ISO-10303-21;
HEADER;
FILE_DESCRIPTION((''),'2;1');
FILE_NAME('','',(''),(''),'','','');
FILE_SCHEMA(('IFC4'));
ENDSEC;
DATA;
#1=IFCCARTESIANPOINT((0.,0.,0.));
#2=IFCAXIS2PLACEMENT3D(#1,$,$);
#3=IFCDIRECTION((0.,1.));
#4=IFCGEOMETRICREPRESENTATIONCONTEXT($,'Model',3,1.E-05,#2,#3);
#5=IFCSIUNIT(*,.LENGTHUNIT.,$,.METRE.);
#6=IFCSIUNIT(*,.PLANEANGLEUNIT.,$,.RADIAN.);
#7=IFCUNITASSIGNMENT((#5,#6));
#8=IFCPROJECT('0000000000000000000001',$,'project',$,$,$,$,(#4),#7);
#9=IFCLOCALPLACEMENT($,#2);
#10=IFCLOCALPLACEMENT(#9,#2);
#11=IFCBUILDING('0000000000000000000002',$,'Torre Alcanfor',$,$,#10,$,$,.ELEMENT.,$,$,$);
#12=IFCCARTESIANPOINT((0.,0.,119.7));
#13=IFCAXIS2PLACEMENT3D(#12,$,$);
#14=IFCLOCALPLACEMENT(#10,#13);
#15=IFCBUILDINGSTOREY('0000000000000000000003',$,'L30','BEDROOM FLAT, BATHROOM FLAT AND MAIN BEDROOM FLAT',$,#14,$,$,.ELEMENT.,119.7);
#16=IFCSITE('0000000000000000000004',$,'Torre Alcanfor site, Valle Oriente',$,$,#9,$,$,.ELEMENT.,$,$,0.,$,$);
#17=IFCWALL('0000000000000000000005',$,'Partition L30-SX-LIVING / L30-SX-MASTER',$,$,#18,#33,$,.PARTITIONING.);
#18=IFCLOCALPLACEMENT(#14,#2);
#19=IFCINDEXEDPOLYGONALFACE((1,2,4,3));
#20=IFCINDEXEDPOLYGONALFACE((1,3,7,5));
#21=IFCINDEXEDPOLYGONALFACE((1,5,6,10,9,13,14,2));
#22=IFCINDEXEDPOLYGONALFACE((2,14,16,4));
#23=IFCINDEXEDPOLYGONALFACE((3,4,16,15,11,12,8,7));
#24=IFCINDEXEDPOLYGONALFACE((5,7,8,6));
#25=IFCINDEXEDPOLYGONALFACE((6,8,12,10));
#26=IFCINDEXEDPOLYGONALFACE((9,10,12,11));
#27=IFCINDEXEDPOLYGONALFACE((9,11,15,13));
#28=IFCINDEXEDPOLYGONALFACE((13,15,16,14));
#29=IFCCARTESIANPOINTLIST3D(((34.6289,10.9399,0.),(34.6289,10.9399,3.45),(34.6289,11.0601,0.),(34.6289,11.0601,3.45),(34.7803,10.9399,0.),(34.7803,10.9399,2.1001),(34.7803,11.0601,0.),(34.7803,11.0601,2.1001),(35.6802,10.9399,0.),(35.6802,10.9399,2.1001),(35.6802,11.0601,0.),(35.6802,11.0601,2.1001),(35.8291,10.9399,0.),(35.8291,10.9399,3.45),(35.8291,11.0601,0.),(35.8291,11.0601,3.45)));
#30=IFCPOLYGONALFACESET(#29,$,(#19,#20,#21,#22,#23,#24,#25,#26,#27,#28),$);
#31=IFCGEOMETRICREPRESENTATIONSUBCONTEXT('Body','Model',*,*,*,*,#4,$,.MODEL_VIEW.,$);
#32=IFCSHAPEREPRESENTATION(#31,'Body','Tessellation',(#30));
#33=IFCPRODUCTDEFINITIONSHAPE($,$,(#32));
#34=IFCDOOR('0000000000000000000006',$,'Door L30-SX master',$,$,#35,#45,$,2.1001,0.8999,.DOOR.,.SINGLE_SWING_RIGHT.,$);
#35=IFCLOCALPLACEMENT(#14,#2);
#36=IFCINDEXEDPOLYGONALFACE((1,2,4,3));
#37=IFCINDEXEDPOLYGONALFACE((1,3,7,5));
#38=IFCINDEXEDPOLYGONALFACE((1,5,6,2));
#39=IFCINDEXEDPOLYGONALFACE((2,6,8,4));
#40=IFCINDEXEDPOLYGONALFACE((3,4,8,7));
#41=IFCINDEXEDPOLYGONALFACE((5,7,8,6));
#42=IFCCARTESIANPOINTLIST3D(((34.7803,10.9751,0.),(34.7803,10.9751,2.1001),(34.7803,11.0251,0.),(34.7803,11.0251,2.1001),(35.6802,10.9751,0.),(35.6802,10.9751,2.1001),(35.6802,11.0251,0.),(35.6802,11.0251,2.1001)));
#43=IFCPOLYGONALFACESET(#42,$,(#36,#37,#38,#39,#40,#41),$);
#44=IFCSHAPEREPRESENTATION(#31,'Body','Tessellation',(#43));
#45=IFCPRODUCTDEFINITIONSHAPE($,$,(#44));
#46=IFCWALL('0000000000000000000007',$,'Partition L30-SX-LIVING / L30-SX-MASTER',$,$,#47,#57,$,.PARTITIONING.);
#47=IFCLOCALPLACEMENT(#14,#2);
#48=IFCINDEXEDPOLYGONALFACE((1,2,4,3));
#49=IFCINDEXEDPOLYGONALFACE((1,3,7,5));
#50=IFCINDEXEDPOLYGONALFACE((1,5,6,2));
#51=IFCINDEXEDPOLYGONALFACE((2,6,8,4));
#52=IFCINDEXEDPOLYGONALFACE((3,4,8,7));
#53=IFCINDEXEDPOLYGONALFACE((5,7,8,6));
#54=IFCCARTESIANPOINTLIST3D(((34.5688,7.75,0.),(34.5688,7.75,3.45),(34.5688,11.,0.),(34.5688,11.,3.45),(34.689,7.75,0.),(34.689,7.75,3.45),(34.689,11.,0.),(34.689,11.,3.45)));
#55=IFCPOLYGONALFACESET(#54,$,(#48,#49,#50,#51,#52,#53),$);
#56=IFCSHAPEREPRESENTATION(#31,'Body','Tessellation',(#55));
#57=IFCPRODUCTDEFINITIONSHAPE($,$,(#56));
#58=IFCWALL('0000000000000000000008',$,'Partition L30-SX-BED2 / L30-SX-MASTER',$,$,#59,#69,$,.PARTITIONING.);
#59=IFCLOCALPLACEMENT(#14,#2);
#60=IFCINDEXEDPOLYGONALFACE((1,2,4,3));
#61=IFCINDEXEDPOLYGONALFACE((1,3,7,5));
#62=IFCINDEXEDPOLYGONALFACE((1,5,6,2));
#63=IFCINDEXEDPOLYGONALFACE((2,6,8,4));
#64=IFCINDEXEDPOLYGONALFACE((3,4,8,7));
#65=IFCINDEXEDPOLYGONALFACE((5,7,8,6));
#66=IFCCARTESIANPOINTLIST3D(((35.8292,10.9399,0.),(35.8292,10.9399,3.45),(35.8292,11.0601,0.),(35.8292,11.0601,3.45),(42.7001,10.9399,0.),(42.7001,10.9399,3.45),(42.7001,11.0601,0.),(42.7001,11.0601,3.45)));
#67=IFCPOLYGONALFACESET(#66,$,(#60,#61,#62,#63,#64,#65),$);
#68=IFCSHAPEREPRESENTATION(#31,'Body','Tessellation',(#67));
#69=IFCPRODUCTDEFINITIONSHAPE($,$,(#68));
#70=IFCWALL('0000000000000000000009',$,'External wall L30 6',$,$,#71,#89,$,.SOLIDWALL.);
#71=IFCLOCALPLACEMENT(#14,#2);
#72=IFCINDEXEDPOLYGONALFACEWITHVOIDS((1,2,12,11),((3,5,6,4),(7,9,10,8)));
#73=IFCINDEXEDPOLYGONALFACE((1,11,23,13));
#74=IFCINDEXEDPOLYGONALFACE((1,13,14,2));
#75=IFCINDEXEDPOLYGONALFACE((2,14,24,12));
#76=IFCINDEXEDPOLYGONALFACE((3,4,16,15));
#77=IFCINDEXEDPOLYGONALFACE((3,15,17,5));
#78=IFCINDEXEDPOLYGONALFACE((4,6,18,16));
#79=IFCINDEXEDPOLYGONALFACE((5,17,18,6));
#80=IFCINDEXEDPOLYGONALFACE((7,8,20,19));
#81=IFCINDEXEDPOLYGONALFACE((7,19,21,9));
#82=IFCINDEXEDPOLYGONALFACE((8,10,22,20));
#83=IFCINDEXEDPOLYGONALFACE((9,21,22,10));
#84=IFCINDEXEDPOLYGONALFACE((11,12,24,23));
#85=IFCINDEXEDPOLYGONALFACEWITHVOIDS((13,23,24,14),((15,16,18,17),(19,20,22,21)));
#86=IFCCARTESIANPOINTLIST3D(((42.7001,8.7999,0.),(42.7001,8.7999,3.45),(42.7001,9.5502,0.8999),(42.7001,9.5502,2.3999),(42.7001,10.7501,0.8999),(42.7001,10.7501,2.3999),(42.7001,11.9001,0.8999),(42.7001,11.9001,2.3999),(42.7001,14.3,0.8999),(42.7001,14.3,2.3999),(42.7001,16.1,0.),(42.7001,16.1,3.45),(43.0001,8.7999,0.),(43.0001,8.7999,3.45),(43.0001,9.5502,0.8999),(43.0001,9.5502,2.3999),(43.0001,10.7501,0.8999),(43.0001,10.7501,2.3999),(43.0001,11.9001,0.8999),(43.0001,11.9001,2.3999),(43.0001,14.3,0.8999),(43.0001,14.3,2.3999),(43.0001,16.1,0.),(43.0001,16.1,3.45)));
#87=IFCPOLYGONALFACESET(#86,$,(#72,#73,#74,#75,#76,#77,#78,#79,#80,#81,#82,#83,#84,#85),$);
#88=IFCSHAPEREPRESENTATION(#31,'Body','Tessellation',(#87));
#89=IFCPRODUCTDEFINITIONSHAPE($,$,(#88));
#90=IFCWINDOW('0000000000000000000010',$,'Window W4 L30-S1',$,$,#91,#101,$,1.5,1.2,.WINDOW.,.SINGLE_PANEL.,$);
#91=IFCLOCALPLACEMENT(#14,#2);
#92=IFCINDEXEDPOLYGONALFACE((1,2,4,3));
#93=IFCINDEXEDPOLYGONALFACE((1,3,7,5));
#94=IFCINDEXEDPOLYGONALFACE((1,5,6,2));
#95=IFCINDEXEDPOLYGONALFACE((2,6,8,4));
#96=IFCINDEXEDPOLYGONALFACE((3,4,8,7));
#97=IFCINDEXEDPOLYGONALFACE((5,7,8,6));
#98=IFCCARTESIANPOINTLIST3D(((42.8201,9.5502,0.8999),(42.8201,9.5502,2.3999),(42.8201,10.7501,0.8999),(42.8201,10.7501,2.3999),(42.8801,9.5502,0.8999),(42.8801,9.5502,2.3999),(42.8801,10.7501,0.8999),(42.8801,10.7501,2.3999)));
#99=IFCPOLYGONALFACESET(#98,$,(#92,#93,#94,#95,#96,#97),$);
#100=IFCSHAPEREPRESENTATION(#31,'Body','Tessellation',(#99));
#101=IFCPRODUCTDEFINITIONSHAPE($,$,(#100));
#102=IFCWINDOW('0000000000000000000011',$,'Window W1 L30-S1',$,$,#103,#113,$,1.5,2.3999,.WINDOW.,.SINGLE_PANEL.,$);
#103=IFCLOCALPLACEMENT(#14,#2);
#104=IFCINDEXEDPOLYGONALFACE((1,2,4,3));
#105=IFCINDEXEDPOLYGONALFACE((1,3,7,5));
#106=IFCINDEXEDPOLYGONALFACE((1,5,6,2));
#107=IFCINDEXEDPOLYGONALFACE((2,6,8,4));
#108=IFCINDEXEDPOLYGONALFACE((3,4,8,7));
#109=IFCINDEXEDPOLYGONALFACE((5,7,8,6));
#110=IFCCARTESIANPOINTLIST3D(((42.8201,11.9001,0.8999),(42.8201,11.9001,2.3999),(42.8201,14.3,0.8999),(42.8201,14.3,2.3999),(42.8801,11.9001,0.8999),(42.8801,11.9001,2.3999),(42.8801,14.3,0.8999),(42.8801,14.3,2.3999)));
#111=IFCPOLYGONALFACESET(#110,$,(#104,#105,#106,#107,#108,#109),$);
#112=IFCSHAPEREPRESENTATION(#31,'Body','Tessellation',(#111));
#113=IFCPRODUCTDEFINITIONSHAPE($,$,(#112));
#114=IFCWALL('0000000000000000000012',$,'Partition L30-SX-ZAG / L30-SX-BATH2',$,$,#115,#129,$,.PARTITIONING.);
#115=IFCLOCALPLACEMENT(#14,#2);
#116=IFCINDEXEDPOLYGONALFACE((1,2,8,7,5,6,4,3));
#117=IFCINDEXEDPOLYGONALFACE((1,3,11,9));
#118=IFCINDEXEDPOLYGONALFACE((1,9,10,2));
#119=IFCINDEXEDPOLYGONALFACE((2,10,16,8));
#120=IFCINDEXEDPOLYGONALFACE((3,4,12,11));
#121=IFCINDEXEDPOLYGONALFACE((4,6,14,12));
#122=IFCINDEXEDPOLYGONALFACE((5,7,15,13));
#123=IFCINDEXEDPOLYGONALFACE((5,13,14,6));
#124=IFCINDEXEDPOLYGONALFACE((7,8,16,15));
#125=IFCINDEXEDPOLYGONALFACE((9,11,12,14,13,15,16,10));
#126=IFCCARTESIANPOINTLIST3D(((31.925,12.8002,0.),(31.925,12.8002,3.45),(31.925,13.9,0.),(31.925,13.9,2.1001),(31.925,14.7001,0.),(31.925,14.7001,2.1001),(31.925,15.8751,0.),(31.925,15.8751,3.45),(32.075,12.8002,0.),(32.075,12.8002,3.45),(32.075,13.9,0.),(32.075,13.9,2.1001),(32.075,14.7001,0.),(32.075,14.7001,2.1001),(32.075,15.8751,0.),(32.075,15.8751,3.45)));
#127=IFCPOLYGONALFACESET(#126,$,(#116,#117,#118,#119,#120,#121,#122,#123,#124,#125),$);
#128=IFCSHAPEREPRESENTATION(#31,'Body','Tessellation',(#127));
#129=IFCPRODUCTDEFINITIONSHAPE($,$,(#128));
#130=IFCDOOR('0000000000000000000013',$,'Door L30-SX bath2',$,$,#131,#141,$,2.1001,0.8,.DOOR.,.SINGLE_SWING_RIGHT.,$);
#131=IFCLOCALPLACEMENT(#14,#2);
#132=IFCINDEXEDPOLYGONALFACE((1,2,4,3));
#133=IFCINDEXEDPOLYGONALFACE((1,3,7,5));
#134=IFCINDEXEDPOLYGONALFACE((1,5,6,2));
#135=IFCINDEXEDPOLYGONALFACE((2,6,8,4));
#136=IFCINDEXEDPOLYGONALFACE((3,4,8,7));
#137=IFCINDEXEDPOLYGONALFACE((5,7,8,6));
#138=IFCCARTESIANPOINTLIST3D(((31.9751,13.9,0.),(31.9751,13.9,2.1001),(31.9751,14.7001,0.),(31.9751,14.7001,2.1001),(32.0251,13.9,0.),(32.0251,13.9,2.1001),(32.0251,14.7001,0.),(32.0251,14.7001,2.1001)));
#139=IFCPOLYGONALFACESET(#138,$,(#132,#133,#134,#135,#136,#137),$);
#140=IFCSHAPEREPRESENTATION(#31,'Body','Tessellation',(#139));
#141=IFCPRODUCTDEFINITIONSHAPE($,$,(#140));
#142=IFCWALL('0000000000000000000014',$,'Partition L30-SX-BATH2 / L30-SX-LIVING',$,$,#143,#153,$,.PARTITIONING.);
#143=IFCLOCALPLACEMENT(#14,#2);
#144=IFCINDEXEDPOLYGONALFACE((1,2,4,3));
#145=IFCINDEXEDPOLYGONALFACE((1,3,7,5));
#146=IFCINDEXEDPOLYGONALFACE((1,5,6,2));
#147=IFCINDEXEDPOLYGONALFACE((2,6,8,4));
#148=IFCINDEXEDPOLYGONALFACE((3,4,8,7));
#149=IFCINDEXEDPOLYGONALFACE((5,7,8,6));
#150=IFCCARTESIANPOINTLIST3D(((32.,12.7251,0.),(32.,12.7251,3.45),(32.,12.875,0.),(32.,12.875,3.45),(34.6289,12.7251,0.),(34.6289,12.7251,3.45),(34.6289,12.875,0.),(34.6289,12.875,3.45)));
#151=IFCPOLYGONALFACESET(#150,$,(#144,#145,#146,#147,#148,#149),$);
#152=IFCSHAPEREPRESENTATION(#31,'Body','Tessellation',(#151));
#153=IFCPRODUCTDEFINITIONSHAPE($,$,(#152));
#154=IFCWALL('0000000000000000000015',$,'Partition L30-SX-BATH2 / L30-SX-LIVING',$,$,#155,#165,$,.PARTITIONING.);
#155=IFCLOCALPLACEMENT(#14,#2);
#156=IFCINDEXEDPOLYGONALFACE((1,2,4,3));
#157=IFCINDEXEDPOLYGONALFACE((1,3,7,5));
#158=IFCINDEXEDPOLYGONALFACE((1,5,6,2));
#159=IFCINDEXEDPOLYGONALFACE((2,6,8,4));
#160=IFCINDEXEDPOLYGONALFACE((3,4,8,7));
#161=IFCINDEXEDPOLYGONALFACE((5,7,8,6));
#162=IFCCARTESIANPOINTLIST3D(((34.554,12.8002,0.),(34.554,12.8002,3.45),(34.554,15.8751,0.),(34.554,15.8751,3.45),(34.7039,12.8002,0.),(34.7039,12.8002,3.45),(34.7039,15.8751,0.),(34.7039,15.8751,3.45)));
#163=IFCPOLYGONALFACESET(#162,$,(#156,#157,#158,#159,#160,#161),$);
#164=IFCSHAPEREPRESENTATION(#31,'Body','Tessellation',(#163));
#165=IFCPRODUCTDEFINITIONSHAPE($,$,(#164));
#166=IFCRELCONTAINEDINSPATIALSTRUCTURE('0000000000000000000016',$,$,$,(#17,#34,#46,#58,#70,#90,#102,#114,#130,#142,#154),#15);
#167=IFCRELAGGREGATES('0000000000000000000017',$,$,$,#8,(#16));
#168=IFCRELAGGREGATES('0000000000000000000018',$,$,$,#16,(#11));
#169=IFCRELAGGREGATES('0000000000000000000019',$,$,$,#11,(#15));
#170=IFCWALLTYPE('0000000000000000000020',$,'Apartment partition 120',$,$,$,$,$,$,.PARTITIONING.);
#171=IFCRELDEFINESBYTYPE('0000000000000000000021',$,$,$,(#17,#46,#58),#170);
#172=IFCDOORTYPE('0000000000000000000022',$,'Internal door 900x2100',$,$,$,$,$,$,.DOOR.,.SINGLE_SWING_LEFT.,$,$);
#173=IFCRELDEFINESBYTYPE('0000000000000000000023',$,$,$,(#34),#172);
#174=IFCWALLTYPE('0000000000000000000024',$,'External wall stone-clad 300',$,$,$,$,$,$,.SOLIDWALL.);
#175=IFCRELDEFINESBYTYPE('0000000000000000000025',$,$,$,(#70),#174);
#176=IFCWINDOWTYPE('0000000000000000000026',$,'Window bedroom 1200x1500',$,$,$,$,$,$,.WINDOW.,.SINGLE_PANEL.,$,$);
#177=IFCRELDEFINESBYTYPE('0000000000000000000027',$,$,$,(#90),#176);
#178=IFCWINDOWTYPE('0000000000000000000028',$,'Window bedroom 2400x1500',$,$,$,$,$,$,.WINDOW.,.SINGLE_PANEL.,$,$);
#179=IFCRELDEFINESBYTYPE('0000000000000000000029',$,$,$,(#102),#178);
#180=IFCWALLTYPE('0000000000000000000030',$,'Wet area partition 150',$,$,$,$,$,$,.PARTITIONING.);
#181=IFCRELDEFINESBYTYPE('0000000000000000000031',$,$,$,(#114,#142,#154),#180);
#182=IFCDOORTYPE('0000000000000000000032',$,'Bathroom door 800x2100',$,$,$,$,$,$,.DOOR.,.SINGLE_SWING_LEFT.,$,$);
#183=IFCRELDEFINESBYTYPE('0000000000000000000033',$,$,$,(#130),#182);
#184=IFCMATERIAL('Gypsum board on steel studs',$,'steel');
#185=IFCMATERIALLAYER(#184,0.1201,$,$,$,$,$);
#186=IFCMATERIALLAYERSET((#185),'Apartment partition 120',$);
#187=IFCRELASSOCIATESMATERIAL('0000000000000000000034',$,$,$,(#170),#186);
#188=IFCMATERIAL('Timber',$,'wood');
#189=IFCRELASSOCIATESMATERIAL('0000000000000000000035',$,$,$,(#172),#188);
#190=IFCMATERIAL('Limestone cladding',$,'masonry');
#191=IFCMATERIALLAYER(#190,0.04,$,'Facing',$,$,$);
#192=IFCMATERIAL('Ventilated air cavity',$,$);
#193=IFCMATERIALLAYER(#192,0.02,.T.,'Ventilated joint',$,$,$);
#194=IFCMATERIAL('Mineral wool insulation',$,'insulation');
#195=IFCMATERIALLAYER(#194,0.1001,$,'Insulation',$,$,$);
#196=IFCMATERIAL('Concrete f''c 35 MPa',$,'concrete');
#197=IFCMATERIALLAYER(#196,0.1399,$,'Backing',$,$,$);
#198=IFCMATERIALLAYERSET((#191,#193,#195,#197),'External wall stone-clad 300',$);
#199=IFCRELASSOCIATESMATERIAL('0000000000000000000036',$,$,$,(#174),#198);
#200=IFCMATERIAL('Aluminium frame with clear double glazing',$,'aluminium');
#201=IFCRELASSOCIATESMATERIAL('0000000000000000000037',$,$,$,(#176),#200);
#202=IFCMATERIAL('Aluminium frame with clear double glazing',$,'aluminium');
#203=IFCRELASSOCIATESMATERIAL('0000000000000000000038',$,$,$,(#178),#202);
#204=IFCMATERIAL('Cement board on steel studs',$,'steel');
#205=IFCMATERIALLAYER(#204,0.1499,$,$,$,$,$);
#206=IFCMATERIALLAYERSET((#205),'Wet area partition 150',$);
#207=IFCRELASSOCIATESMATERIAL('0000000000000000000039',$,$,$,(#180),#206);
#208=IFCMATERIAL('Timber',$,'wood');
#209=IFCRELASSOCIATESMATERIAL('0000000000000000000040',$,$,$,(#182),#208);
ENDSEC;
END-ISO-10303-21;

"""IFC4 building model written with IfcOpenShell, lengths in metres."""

from ifc_helpers import new_model, si_unit, direction, frame, frame_2d, origin, place, context, subcontext, project, spatial, rectangle, extrude, material, layer, layer_set, type_object, element, fill, save


model = new_model("IFC4")

# Units and contexts
model_context = context("Model", 3, precision=1e-05, world=origin(), true_north=direction((0.0, 1.0)))
body_context = subcontext(model_context, "Body", "Model", "MODEL_VIEW")
ifc_project = project(units=[si_unit("LENGTHUNIT", "METRE"), si_unit("PLANEANGLEUNIT", "RADIAN")], contexts=[model_context])

# Site, building, storey
site_placement = place(None, origin())
site = spatial("IfcSite", under=ifc_project, at=site_placement, Name="Torre Alcanfor site, Valle Oriente", CompositionType="ELEMENT", RefElevation=0.0)
building_placement = place(site_placement, origin())
building = spatial("IfcBuilding", under=site, at=building_placement, Name="Torre Alcanfor", CompositionType="ELEMENT")
storey_placement = place(building_placement, frame((0.0, 0.0, 119.7)))
storey = spatial("IfcBuildingStorey", under=building, at=storey_placement, Name="L30", Description="BEDROOM FLAT, BATHROOM FLAT AND MAIN BEDROOM FLAT", CompositionType="ELEMENT", Elevation=119.7)

# Wall, opening, door
ifc_material_1 = material(Name="Gypsum board on steel studs", Category="steel")
ifc_layer_1 = layer(ifc_material_1, 0.1201)
ifc_layer_set_1 = layer_set([ifc_layer_1], Name="Apartment partition 120")
wall_type_1 = type_object("IfcWallType", Name="Apartment partition 120", PredefinedType="PARTITIONING", material=ifc_layer_set_1)
wall_1_placement = place(storey_placement, frame((35.8291, 11.0, 0.0), z_axis=(0.0, 0.0, 1.0), x_axis=(-1.0, 0.0, 0.0)))
wall_1 = element("IfcWall", 1, at=wall_1_placement, inside=storey, type_object=wall_type_1, Name="Partition L30-SX-LIVING / L30-SX-MASTER", PredefinedType="PARTITIONING", context=body_context, shape_type="SweptSolid", body=[
    extrude(rectangle(XDim=1.2002, YDim=0.1201, at=frame_2d((0.6001, 0.0))), origin(), (0.0, 0.0, 1.0), 3.45),
])
opening_1_placement = place(wall_1_placement, frame((0.1489, 0.0, 0.0)))
opening_1 = element("IfcOpeningElement", 2, at=opening_1_placement, cuts=wall_1, PredefinedType="OPENING", context=body_context, shape_type="SweptSolid", body=[
    extrude(rectangle(XDim=0.8999, YDim=2.1001, at=frame_2d((0.45, 1.05))), frame((0.0, 0.0701, 0.0), z_axis=(0.0, -1.0, 0.0), x_axis=(1.0, 0.0, 0.0)), (0.0, 0.0, 1.0), 0.1401),
])
ifc_material_2 = material(Name="Timber", Category="wood")
door_type_1 = type_object("IfcDoorType", Name="Internal door 900x2100", OperationType="SINGLE_SWING_LEFT", PredefinedType="DOOR", material=ifc_material_2)
door_1_placement = place(opening_1_placement, origin())
door_1 = element("IfcDoor", 3, at=door_1_placement, inside=storey, type_object=door_type_1, Name="Door L30-SX master", OperationType="SINGLE_SWING_RIGHT", OverallHeight=2.1001, OverallWidth=0.8999, PredefinedType="DOOR", context=body_context, shape_type="SweptSolid", body=[
    extrude(rectangle(XDim=0.8999, YDim=2.1001, at=frame_2d((0.45, 1.05))), frame((0.0, 0.0249, 0.0), z_axis=(0.0, -1.0, 0.0), x_axis=(1.0, 0.0, 0.0)), (0.0, 0.0, 1.0), 0.05),
])
fill(opening_1, door_1)

# Walls
wall_2_placement = place(storey_placement, frame((34.6289, 11.0, 0.0), z_axis=(0.0, 0.0, 1.0), x_axis=(0.0, -1.0, 0.0)))
element("IfcWall", 4, at=wall_2_placement, inside=storey, type_object=wall_type_1, Name="Partition L30-SX-LIVING / L30-SX-MASTER", PredefinedType="PARTITIONING", context=body_context, shape_type="SweptSolid", body=[
    extrude(rectangle(XDim=3.25, YDim=0.1201, at=frame_2d((1.625, 0.0))), origin(), (0.0, 0.0, 1.0), 3.45),
])
wall_3_placement = place(storey_placement, frame((35.8291, 11.0, 0.0), z_axis=(0.0, 0.0, 1.0), x_axis=(1.0, 0.0, 0.0)))
element("IfcWall", 5, at=wall_3_placement, inside=storey, type_object=wall_type_1, Name="Partition L30-SX-BED2 / L30-SX-MASTER", PredefinedType="PARTITIONING", context=body_context, shape_type="SweptSolid", body=[
    extrude(rectangle(XDim=6.8708, YDim=0.1201, at=frame_2d((3.4355, 0.0))), origin(), (0.0, 0.0, 1.0), 3.45),
])

# Wall, openings, windows
ifc_material_3 = material(Name="Limestone cladding", Category="masonry")
ifc_layer_2 = layer(ifc_material_3, 0.04, Name="Facing")
ifc_material_4 = material(Name="Ventilated air cavity")
ifc_layer_3 = layer(ifc_material_4, 0.02, ventilated=True, Name="Ventilated joint")
ifc_material_5 = material(Name="Mineral wool insulation", Category="insulation")
ifc_layer_4 = layer(ifc_material_5, 0.1001, Name="Insulation")
ifc_material_6 = material(Name="Concrete f'c 35 MPa", Category="concrete")
ifc_layer_5 = layer(ifc_material_6, 0.1399, Name="Backing")
ifc_layer_set_2 = layer_set([ifc_layer_2, ifc_layer_3, ifc_layer_4, ifc_layer_5], Name="External wall stone-clad 300")
wall_type_2 = type_object("IfcWallType", Name="External wall stone-clad 300", PredefinedType="SOLIDWALL", material=ifc_layer_set_2)
wall_4_placement = place(storey_placement, frame((42.8501, 8.8, 0.0), z_axis=(0.0, 0.0, 1.0), x_axis=(0.0, 1.0, 0.0)))
wall_4 = element("IfcWall", 6, at=wall_4_placement, inside=storey, type_object=wall_type_2, Name="External wall L30 6", PredefinedType="SOLIDWALL", context=body_context, shape_type="SweptSolid", body=[
    extrude(rectangle(XDim=7.3, YDim=0.3, at=frame_2d((3.6499, 0.0))), origin(), (0.0, 0.0, 1.0), 3.45),
])
opening_2_placement = place(wall_4_placement, frame((3.1001, 0.0, 0.8999)))
opening_2 = element("IfcOpeningElement", 7, at=opening_2_placement, cuts=wall_4, PredefinedType="OPENING", context=body_context, shape_type="SweptSolid", body=[
    extrude(rectangle(XDim=2.3999, YDim=1.5, at=frame_2d((1.2, 0.75))), frame((0.0, 0.1599, 0.0), z_axis=(0.0, -1.0, 0.0), x_axis=(1.0, 0.0, 0.0)), (0.0, 0.0, 1.0), 0.3201),
])
opening_3_placement = place(wall_4_placement, frame((0.75, 0.0, 0.8999)))
opening_3 = element("IfcOpeningElement", 8, at=opening_3_placement, cuts=wall_4, PredefinedType="OPENING", context=body_context, shape_type="SweptSolid", body=[
    extrude(rectangle(XDim=1.2, YDim=1.5, at=frame_2d((0.6001, 0.75))), frame((0.0, 0.1599, 0.0), z_axis=(0.0, -1.0, 0.0), x_axis=(1.0, 0.0, 0.0)), (0.0, 0.0, 1.0), 0.3201),
])
ifc_material_7 = material(Name="Aluminium frame with clear double glazing", Category="aluminium")
window_type_1 = type_object("IfcWindowType", Name="Window bedroom 1200x1500", PartitioningType="SINGLE_PANEL", PredefinedType="WINDOW", material=ifc_material_7)
window_1_placement = place(opening_3_placement, origin())
window_1 = element("IfcWindow", 9, at=window_1_placement, inside=storey, type_object=window_type_1, Name="Window W4 L30-S1", OverallHeight=1.5, OverallWidth=1.2, PartitioningType="SINGLE_PANEL", PredefinedType="WINDOW", context=body_context, shape_type="SweptSolid", body=[
    extrude(rectangle(XDim=1.2, YDim=1.5, at=frame_2d((0.6001, 0.75))), frame((0.0, 0.03, 0.0), z_axis=(0.0, -1.0, 0.0), x_axis=(1.0, 0.0, 0.0)), (0.0, 0.0, 1.0), 0.0601),
])
fill(opening_3, window_1)
ifc_material_8 = material(Name="Aluminium frame with clear double glazing", Category="aluminium")
window_type_2 = type_object("IfcWindowType", Name="Window bedroom 2400x1500", PartitioningType="SINGLE_PANEL", PredefinedType="WINDOW", material=ifc_material_8)
window_2_placement = place(opening_2_placement, origin())
window_2 = element("IfcWindow", 10, at=window_2_placement, inside=storey, type_object=window_type_2, Name="Window W1 L30-S1", OverallHeight=1.5, OverallWidth=2.3999, PartitioningType="SINGLE_PANEL", PredefinedType="WINDOW", context=body_context, shape_type="SweptSolid", body=[
    extrude(rectangle(XDim=2.3999, YDim=1.5, at=frame_2d((1.2, 0.75))), frame((0.0, 0.03, 0.0), z_axis=(0.0, -1.0, 0.0), x_axis=(1.0, 0.0, 0.0)), (0.0, 0.0, 1.0), 0.0601),
])
fill(opening_2, window_2)

# Wall, opening, door
ifc_material_9 = material(Name="Cement board on steel studs", Category="steel")
ifc_layer_6 = layer(ifc_material_9, 0.1499)
ifc_layer_set_3 = layer_set([ifc_layer_6], Name="Wet area partition 150")
wall_type_3 = type_object("IfcWallType", Name="Wet area partition 150", PredefinedType="PARTITIONING", material=ifc_layer_set_3)
wall_5_placement = place(storey_placement, frame((32.0, 12.8, 0.0), z_axis=(0.0, 0.0, 1.0), x_axis=(0.0, 1.0, 0.0)))
wall_5 = element("IfcWall", 11, at=wall_5_placement, inside=storey, type_object=wall_type_3, Name="Partition L30-SX-ZAG / L30-SX-BATH2", PredefinedType="PARTITIONING", context=body_context, shape_type="SweptSolid", body=[
    extrude(rectangle(XDim=3.075, YDim=0.1499, at=frame_2d((1.5376, 0.0))), origin(), (0.0, 0.0, 1.0), 3.45),
])
opening_4_placement = place(wall_5_placement, frame((1.1001, 0.0, 0.0)))
opening_4 = element("IfcOpeningElement", 12, at=opening_4_placement, cuts=wall_5, PredefinedType="OPENING", context=body_context, shape_type="SweptSolid", body=[
    extrude(rectangle(XDim=0.8, YDim=2.1001, at=frame_2d((0.3999, 1.05))), frame((0.0, 0.085, 0.0), z_axis=(0.0, -1.0, 0.0), x_axis=(1.0, 0.0, 0.0)), (0.0, 0.0, 1.0), 0.1699),
])
ifc_material_10 = material(Name="Timber", Category="wood")
door_type_2 = type_object("IfcDoorType", Name="Bathroom door 800x2100", OperationType="SINGLE_SWING_LEFT", PredefinedType="DOOR", material=ifc_material_10)
door_2_placement = place(opening_4_placement, frame((0.8, 0.0, 0.0), z_axis=(0.0, 0.0, 1.0), x_axis=(-1.0, 0.0, 0.0)))
door_2 = element("IfcDoor", 13, at=door_2_placement, inside=storey, type_object=door_type_2, Name="Door L30-SX bath2", OperationType="SINGLE_SWING_RIGHT", OverallHeight=2.1001, OverallWidth=0.8, PredefinedType="DOOR", context=body_context, shape_type="SweptSolid", body=[
    extrude(rectangle(XDim=0.8, YDim=2.1001, at=frame_2d((0.4001, 1.05))), frame((0.0, 0.0251, 0.0), z_axis=(0.0, -1.0, 0.0), x_axis=(1.0, 0.0, 0.0)), (0.0, 0.0, 1.0), 0.05),
])
fill(opening_4, door_2)

# Walls
wall_6_placement = place(storey_placement, frame((32.0, 12.8, 0.0), z_axis=(0.0, 0.0, 1.0), x_axis=(1.0, 0.0, 0.0)))
element("IfcWall", 14, at=wall_6_placement, inside=storey, type_object=wall_type_3, Name="Partition L30-SX-BATH2 / L30-SX-LIVING", PredefinedType="PARTITIONING", context=body_context, shape_type="SweptSolid", body=[
    extrude(rectangle(XDim=2.6289, YDim=0.1499, at=frame_2d((1.3145, 0.0))), origin(), (0.0, 0.0, 1.0), 3.45),
])
wall_7_placement = place(storey_placement, frame((34.6289, 12.8, 0.0), z_axis=(0.0, 0.0, 1.0), x_axis=(0.0, 1.0, 0.0)))
element("IfcWall", 15, at=wall_7_placement, inside=storey, type_object=wall_type_3, Name="Partition L30-SX-BATH2 / L30-SX-LIVING", PredefinedType="PARTITIONING", context=body_context, shape_type="SweptSolid", body=[
    extrude(rectangle(XDim=3.075, YDim=0.1499, at=frame_2d((1.5376, 0.0))), origin(), (0.0, 0.0, 1.0), 3.45),
])

save(model, "model.ifc")
